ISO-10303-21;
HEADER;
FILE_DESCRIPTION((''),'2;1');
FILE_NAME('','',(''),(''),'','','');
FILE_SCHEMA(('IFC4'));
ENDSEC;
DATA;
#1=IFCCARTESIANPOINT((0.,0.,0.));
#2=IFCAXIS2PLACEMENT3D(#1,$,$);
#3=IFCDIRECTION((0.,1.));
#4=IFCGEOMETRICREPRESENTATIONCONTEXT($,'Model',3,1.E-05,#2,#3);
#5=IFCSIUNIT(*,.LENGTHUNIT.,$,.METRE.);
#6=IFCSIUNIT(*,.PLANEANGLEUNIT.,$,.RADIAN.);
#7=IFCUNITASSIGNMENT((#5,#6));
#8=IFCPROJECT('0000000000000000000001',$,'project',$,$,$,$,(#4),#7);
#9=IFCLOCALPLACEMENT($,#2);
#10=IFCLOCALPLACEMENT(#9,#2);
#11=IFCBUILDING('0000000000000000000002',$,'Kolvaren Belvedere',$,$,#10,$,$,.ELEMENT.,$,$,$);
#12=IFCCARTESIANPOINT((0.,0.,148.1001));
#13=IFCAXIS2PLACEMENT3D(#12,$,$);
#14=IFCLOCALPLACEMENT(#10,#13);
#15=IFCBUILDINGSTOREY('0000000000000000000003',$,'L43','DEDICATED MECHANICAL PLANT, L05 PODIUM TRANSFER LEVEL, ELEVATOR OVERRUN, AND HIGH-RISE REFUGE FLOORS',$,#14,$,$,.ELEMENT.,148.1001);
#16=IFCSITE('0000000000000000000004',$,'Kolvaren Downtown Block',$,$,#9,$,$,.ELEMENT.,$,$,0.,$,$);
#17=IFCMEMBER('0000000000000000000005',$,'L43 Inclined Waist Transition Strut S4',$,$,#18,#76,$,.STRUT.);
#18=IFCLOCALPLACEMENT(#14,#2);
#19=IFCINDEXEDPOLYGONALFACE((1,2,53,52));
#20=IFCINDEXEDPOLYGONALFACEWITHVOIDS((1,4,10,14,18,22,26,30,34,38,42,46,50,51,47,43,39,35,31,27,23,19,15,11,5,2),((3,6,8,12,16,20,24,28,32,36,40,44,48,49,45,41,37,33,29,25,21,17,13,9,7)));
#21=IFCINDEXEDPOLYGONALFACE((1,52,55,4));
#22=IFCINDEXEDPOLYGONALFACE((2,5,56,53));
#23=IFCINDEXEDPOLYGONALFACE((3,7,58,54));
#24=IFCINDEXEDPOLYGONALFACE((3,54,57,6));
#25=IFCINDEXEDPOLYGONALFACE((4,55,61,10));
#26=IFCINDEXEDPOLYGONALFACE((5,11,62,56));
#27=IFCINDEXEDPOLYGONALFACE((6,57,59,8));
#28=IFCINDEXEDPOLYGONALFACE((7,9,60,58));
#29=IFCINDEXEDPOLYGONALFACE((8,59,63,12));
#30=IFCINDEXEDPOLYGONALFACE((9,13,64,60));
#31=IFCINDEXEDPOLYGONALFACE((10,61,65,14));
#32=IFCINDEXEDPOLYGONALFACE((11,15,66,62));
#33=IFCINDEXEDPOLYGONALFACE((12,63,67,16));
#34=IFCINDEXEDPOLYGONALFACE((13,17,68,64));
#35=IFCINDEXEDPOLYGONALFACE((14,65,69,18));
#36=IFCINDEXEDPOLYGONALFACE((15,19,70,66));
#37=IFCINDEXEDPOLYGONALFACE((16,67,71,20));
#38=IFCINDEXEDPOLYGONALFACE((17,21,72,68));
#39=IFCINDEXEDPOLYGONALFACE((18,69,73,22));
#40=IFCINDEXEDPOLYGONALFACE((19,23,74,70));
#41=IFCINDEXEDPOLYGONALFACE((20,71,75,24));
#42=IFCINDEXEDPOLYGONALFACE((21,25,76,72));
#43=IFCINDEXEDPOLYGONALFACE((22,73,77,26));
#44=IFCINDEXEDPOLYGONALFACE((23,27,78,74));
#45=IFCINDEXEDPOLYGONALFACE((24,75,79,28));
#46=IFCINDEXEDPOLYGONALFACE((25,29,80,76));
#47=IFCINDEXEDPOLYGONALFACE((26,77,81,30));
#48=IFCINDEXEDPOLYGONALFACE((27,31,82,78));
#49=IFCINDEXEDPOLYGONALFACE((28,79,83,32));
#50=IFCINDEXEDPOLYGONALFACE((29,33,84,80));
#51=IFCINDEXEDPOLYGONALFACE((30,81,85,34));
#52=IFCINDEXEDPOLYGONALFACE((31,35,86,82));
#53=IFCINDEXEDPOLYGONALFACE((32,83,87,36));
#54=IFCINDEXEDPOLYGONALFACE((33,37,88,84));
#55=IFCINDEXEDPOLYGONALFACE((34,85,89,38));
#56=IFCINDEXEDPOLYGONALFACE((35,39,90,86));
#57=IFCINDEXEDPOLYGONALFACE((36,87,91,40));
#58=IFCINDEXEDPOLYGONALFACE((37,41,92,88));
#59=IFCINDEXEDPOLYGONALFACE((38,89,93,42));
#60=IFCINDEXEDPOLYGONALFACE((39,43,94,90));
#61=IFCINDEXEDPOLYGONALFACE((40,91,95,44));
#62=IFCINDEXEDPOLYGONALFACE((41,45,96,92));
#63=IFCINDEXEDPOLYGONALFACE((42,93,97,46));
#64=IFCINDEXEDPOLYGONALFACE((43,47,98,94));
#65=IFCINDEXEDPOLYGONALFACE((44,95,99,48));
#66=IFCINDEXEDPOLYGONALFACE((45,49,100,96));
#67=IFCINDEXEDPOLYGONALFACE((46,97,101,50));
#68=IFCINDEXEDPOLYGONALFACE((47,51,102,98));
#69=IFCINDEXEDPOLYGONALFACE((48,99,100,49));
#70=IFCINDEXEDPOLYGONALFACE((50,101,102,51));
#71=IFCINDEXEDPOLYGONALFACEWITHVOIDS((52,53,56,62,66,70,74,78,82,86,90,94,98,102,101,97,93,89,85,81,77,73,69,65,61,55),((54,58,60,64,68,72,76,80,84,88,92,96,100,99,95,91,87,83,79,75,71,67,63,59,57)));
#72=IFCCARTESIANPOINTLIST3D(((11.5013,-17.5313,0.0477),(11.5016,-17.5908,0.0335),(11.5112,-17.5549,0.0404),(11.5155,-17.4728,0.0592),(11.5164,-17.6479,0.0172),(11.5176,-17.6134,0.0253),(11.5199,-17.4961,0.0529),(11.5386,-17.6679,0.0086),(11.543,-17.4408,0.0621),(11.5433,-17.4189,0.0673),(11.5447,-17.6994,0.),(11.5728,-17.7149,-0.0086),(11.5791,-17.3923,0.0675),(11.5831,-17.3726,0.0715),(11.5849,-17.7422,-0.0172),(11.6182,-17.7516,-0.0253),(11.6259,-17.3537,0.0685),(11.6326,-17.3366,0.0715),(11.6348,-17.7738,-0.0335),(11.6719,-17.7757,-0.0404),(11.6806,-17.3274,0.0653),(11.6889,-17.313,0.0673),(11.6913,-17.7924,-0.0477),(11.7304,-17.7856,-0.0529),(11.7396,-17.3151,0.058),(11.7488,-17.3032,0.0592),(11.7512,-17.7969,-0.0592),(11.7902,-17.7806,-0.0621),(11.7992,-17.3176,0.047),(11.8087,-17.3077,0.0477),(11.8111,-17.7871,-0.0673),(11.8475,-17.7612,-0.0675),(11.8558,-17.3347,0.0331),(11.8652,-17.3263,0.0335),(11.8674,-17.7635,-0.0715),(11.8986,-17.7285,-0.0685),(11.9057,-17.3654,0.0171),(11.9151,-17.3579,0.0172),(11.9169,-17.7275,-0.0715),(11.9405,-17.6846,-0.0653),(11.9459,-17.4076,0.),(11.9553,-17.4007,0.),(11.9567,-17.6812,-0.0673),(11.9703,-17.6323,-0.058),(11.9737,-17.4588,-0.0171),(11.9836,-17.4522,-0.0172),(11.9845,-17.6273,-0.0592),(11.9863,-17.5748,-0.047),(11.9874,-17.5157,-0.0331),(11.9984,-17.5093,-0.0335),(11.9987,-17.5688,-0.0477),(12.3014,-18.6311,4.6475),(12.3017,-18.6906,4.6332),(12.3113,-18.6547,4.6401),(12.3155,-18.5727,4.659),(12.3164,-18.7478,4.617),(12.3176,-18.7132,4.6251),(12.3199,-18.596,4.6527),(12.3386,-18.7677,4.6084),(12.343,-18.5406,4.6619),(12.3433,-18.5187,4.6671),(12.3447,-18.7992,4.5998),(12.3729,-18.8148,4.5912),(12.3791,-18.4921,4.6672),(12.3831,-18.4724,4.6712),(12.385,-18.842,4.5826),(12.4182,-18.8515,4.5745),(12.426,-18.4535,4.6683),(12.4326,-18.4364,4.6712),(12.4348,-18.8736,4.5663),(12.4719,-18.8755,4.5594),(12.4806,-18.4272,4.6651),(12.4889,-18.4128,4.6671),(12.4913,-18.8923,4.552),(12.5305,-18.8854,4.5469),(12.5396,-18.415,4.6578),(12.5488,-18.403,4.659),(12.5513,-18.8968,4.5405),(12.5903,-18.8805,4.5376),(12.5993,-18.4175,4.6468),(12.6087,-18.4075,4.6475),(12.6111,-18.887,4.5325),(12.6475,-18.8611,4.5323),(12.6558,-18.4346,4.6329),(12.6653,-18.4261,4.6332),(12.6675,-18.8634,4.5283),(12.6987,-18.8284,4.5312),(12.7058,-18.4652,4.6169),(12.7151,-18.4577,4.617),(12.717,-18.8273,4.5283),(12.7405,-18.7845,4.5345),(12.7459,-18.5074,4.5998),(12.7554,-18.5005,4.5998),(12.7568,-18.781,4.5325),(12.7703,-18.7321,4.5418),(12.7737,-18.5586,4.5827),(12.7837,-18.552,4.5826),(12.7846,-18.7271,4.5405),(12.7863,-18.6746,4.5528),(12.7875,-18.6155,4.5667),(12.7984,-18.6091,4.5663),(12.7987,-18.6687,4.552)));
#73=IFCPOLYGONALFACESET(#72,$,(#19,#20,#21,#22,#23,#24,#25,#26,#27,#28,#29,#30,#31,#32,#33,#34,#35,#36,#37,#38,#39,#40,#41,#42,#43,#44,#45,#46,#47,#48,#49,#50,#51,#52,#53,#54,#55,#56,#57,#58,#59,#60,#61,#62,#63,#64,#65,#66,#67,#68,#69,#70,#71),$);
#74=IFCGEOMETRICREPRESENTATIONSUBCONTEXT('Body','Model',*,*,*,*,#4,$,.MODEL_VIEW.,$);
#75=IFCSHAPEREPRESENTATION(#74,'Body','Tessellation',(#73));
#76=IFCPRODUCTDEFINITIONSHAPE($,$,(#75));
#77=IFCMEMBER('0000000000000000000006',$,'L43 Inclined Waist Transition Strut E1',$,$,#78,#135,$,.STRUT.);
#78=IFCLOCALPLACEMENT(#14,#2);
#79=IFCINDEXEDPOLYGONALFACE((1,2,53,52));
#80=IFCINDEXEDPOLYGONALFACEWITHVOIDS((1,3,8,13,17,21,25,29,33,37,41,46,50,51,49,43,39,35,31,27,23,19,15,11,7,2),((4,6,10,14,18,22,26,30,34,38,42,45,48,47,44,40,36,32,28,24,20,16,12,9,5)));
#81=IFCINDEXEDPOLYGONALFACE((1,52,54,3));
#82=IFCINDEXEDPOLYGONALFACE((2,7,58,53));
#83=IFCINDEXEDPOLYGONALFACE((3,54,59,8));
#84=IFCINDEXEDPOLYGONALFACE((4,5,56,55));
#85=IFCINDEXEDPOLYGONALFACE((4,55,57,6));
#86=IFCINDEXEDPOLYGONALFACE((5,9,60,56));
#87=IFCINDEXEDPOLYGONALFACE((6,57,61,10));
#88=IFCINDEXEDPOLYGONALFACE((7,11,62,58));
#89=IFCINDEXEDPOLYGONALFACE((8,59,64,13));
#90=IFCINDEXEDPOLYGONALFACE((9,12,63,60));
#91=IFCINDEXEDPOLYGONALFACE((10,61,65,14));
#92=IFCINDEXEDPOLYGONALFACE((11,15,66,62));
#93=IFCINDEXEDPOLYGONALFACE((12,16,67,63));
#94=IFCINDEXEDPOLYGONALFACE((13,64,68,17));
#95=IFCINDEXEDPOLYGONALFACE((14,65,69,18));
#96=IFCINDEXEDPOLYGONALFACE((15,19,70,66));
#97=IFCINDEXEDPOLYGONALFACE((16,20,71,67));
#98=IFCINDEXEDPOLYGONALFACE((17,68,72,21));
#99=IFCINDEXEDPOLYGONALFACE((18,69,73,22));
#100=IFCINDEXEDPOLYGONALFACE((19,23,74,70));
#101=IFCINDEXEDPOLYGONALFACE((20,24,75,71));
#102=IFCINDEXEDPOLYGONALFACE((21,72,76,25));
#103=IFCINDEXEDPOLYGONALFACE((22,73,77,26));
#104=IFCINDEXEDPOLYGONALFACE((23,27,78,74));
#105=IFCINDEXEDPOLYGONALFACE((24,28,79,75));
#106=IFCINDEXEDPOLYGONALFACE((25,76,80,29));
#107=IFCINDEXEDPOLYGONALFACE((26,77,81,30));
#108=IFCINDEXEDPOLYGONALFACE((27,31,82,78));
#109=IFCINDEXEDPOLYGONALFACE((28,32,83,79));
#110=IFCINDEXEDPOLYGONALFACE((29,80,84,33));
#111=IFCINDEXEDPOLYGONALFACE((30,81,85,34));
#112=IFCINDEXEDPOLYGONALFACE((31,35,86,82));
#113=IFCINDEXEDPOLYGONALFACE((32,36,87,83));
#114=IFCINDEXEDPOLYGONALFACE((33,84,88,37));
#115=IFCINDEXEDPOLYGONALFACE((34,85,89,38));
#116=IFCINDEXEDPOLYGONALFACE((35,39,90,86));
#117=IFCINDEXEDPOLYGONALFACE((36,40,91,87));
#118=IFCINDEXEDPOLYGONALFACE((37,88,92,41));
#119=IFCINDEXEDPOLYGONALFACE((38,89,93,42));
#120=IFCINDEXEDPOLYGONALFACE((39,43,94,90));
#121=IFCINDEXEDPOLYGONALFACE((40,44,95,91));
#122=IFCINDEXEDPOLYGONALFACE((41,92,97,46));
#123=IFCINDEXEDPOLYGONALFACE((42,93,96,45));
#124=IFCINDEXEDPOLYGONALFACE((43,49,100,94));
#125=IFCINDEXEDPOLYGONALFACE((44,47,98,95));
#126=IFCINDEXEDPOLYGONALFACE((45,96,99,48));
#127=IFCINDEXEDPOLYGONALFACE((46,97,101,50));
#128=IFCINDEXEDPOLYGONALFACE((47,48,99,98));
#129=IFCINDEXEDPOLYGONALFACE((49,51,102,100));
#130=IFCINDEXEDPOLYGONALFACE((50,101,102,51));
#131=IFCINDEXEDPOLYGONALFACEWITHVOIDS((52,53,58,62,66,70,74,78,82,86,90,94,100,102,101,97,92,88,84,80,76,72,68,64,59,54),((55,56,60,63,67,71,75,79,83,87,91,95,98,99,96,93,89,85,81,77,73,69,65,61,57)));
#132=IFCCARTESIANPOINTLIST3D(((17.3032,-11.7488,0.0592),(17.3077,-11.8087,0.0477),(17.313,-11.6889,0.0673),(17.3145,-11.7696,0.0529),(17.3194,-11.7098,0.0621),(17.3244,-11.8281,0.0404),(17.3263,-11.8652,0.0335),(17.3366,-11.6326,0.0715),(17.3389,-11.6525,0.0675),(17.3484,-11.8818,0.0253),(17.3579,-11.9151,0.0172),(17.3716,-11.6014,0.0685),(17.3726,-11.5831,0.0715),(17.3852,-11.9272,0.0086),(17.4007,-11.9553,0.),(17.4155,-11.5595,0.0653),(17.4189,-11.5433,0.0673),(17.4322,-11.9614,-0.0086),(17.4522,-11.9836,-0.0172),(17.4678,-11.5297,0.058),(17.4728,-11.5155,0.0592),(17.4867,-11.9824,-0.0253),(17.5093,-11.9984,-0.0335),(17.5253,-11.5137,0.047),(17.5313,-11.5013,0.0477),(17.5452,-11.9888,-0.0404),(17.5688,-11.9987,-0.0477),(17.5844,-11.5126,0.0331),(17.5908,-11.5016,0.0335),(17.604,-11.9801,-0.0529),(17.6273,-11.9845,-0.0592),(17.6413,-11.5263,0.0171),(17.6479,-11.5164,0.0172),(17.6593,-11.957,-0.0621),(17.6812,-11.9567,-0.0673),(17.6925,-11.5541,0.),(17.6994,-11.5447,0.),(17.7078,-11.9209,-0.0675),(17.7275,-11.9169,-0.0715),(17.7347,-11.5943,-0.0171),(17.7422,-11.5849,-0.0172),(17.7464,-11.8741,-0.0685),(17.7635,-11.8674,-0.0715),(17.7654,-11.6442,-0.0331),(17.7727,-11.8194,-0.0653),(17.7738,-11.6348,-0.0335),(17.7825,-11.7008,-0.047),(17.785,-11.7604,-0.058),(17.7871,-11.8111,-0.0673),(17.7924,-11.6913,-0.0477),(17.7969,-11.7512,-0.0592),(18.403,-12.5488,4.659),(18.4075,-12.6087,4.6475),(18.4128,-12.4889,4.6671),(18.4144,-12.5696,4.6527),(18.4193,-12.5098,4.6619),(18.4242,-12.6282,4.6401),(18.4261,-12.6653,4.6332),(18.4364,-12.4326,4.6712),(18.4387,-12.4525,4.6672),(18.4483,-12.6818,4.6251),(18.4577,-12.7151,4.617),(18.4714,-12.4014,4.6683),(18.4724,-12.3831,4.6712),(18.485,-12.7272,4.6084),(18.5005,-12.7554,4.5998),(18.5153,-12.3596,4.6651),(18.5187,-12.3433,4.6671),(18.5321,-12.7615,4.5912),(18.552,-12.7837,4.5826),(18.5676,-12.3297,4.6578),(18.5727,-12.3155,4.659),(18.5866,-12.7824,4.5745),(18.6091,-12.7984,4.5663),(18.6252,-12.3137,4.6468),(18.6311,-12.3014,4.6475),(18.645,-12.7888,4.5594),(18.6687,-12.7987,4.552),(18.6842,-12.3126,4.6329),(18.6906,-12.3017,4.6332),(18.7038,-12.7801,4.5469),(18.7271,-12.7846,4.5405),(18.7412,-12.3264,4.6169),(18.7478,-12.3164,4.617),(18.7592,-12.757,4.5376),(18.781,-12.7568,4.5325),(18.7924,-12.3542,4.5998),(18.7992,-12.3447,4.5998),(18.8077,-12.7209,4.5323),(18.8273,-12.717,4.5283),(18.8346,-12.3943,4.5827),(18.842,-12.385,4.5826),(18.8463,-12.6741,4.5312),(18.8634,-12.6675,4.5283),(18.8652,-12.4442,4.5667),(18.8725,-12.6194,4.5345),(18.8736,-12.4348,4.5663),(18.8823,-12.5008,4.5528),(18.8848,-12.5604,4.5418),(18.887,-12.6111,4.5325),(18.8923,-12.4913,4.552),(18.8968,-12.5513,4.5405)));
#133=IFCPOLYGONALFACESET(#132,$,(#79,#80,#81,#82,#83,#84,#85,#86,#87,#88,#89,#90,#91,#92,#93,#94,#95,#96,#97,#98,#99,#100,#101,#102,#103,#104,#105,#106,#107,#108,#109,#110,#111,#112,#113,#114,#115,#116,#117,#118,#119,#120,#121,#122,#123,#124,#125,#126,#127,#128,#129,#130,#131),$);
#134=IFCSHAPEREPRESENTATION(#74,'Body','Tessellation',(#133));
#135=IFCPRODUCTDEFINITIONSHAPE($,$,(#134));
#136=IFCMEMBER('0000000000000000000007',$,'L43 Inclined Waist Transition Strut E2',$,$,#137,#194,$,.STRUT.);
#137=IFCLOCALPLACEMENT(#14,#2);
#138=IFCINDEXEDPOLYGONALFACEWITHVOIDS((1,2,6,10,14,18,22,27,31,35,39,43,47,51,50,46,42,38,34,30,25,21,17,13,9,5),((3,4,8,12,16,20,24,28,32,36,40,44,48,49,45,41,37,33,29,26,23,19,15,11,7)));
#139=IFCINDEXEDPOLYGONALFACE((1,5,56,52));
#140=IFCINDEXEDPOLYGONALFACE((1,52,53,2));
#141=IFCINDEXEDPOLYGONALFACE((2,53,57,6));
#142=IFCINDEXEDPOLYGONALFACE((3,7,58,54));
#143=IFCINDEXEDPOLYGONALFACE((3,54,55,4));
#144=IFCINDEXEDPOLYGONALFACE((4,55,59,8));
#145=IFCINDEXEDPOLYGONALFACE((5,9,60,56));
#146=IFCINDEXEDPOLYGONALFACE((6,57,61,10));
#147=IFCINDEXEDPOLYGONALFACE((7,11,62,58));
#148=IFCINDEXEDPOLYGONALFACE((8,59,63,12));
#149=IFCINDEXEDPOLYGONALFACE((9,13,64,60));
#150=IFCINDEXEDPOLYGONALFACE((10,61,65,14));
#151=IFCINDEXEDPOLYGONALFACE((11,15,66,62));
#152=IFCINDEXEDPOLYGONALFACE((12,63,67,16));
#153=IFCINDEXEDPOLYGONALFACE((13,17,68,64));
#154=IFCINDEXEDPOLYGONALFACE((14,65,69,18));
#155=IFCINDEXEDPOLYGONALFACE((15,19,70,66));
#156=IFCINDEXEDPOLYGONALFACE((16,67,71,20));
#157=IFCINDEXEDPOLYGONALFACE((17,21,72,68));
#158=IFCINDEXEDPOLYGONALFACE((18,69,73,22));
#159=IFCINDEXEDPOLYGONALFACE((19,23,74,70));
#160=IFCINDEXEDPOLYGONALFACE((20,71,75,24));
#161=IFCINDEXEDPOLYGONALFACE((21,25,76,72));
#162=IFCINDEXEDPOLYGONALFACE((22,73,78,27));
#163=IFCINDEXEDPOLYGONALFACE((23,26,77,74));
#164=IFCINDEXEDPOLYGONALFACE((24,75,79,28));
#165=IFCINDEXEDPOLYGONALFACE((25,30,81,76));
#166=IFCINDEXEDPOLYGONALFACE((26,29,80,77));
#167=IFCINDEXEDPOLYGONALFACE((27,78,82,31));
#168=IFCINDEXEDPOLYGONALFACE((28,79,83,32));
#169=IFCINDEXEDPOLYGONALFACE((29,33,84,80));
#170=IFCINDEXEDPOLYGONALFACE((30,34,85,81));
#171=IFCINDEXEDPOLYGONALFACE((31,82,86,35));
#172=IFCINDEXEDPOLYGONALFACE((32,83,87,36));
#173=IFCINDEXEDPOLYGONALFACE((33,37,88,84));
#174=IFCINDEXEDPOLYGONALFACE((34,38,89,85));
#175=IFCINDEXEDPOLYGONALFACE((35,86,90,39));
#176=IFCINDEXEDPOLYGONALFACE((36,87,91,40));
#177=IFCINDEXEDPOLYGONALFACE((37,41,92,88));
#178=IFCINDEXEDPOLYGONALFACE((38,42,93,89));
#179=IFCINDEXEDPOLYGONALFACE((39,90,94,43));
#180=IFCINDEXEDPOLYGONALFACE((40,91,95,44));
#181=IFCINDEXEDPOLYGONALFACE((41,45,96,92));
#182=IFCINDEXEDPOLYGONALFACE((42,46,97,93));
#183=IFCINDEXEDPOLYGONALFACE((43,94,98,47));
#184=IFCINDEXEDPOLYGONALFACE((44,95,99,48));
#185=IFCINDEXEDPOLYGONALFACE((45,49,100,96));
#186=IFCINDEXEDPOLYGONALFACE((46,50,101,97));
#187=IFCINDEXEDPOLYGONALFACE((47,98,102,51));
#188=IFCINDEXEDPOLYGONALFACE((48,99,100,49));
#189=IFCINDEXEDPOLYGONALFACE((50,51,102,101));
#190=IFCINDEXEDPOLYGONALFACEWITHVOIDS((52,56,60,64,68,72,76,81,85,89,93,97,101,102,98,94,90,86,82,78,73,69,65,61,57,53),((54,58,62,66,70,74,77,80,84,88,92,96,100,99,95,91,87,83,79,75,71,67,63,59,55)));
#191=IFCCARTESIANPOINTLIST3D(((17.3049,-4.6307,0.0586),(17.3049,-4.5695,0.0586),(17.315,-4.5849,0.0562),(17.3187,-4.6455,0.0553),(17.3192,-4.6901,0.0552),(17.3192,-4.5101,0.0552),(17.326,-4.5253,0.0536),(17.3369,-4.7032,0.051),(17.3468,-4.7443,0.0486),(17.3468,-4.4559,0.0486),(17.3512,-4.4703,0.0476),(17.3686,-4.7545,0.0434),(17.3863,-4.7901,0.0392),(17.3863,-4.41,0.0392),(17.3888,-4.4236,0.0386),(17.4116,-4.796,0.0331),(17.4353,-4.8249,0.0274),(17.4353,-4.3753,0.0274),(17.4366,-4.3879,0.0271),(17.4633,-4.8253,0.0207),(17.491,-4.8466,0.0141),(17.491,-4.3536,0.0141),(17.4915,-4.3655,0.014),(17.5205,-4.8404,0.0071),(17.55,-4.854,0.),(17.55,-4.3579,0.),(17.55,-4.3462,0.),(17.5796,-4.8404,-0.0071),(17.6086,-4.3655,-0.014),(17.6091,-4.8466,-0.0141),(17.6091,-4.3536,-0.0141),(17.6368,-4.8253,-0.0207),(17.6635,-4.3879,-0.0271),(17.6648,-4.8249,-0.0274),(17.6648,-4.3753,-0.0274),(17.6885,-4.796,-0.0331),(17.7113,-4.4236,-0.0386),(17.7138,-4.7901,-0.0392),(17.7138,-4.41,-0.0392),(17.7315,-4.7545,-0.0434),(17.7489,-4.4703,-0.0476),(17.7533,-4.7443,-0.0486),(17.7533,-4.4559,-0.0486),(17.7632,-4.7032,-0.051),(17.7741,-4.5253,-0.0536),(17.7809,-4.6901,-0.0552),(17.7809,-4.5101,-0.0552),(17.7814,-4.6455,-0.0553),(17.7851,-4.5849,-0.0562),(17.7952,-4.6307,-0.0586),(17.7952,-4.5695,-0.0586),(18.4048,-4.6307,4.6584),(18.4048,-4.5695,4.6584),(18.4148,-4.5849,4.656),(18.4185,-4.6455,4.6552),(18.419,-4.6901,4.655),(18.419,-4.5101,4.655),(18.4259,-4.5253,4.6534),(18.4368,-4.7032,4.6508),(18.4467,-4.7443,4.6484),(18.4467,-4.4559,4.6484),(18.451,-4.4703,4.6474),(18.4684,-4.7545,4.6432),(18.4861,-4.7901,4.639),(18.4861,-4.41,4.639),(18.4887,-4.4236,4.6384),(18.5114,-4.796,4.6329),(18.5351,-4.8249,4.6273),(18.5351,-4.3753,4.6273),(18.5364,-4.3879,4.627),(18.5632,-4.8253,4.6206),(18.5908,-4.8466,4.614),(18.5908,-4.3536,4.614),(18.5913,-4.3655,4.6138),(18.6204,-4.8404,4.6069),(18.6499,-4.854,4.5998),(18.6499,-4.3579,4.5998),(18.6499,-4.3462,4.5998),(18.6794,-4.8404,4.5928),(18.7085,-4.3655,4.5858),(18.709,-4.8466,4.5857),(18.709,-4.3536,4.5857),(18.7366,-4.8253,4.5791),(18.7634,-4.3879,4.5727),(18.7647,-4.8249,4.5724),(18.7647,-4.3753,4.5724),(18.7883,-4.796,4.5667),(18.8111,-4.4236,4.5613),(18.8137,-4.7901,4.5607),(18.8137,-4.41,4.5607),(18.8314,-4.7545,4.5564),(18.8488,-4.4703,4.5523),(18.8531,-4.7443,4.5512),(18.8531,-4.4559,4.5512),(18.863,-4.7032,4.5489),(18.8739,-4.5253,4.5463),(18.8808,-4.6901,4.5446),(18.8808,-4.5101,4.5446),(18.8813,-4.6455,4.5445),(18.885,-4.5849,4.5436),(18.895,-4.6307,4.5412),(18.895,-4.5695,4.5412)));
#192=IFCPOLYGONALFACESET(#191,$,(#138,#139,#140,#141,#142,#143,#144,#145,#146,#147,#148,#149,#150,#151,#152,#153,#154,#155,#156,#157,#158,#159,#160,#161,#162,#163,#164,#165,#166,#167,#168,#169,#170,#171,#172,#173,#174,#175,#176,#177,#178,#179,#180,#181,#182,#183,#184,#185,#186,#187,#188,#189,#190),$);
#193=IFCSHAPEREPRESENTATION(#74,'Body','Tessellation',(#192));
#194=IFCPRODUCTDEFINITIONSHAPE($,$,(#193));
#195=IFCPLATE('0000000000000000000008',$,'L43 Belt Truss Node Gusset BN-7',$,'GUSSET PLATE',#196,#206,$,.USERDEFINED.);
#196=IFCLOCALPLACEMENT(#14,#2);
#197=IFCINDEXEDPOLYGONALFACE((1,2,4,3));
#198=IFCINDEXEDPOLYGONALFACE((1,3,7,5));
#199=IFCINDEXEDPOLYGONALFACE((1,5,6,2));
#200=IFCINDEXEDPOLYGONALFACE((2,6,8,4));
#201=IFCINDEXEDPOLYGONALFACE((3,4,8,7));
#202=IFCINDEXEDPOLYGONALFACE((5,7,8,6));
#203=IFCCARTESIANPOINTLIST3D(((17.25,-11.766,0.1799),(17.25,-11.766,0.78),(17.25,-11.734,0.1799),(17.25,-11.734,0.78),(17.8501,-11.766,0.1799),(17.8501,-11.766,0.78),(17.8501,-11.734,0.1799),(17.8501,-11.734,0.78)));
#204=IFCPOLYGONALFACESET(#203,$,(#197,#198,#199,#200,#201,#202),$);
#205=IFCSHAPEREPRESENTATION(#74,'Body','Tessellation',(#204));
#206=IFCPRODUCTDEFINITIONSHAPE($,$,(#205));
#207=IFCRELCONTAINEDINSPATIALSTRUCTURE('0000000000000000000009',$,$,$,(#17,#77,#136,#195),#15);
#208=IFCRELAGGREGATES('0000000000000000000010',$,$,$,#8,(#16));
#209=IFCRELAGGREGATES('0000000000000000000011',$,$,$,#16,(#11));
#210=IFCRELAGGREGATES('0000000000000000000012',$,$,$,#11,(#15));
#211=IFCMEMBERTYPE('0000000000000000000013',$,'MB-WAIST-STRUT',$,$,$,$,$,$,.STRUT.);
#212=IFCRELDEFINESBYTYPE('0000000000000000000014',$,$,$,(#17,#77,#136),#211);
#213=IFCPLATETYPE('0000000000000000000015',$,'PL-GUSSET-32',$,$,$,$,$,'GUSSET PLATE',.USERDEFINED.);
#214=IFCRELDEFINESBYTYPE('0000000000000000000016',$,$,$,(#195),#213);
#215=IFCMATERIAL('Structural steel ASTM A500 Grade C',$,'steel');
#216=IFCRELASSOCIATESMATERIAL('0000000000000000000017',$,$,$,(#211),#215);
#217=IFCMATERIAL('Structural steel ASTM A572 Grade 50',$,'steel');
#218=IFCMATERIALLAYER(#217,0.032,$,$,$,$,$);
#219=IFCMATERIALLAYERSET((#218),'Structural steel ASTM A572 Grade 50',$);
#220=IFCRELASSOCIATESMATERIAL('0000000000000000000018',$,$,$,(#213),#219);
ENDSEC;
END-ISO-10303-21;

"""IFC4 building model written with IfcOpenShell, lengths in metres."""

from ifc_helpers import new_model, si_unit, direction, frame, origin, origin_2d, place, context, subcontext, project, spatial, rectangle, hollow_circle, extrude, material, layer, layer_set, material_profile, profile_set, type_object, element, save


model = new_model("IFC4")

# Units and contexts
model_context = context("Model", 3, precision=1e-05, world=origin(), true_north=direction((0.0, 1.0)))
body_context = subcontext(model_context, "Body", "Model", "MODEL_VIEW")
ifc_project = project(units=[si_unit("LENGTHUNIT", "METRE"), si_unit("PLANEANGLEUNIT", "RADIAN")], contexts=[model_context])

# Site, building, storey
site_placement = place(None, origin())
site = spatial("IfcSite", under=ifc_project, at=site_placement, Name="Kolvaren Downtown Block", CompositionType="ELEMENT", RefElevation=0.0)
building_placement = place(site_placement, origin())
building = spatial("IfcBuilding", under=site, at=building_placement, Name="Kolvaren Belvedere", CompositionType="ELEMENT")
storey_placement = place(building_placement, frame((0.0, 0.0, 148.1001)))
storey = spatial("IfcBuildingStorey", under=building, at=storey_placement, Name="L43", Description="DEDICATED MECHANICAL PLANT, L05 PODIUM TRANSFER LEVEL, ELEVATOR OVERRUN, AND HIGH-RISE REFUGE FLOORS", CompositionType="ELEMENT", Elevation=148.1001)

# Members
ifc_material_1 = material(Name="Structural steel ASTM A500 Grade C", Category="steel")
ifc_material_profile_1 = material_profile(ifc_material_1, hollow_circle(Radius=0.2539, WallThickness=0.0117, at=origin_2d()), Name="HSS20.000X0.500")
ifc_profile_set_1 = profile_set([ifc_material_profile_1], Name="Structural steel ASTM A500 Grade C")
member_type_1 = type_object("IfcMemberType", Name="MB-WAIST-STRUT", PredefinedType="STRUT", material=ifc_profile_set_1)
for number, where, z_axis, x_axis, name in (
    (1, (11.75, -17.55, 0.0), (0.166791, -0.229293, 0.95896), (0.808682, 0.588246, 0.0), "L43 Inclined Waist Transition Strut S4"),
    (2, (17.55, -11.75, 0.0), (0.229293, -0.166791, 0.95896), (0.588246, 0.808682, 0.0), "L43 Inclined Waist Transition Strut E1"),
):
    element("IfcMember", number, at=place(storey_placement, frame(where, z_axis=z_axis, x_axis=x_axis)), inside=storey, type_object=member_type_1, Name=name, PredefinedType="STRUT", context=body_context, shape_type="SweptSolid", body=[
        extrude(hollow_circle(Radius=0.2539, WallThickness=0.0117, at=origin_2d()), origin(), (0.0, 0.0, 1.0), 4.7966),
    ])
member_1_placement = place(storey_placement, frame((17.55, -4.6001, 0.0), z_axis=(0.232551, 0.0, 0.972584), x_axis=(0.0, 1.0, 0.0)))
element("IfcMember", 3, at=member_1_placement, inside=storey, type_object=member_type_1, Name="L43 Inclined Waist Transition Strut E2", PredefinedType="STRUT", context=body_context, shape_type="SweptSolid", body=[
    extrude(hollow_circle(Radius=0.2539, WallThickness=0.0117, at=origin_2d()), origin(), (0.0, 0.0, 1.0), 4.7295),
])

# Plate
ifc_material_2 = material(Name="Structural steel ASTM A572 Grade 50", Category="steel")
ifc_layer_1 = layer(ifc_material_2, 0.032)
ifc_layer_set_1 = layer_set([ifc_layer_1], Name="Structural steel ASTM A572 Grade 50")
plate_type_1 = type_object("IfcPlateType", Name="PL-GUSSET-32", ElementType="GUSSET PLATE", PredefinedType="USERDEFINED", material=ifc_layer_set_1)
plate_placement = place(storey_placement, frame((17.55, -11.75, 0.1799), z_axis=(0.0, 0.0, 1.0), x_axis=(1.0, 0.0, 0.0)))
element("IfcPlate", 4, at=plate_placement, inside=storey, type_object=plate_type_1, Name="L43 Belt Truss Node Gusset BN-7", ObjectType="GUSSET PLATE", PredefinedType="USERDEFINED", context=body_context, shape_type="SweptSolid", body=[
    extrude(rectangle(XDim=0.6001, YDim=0.032, at=origin_2d()), origin(), (0.0, 0.0, 1.0), 0.6001),
])

save(model, "model.ifc")
